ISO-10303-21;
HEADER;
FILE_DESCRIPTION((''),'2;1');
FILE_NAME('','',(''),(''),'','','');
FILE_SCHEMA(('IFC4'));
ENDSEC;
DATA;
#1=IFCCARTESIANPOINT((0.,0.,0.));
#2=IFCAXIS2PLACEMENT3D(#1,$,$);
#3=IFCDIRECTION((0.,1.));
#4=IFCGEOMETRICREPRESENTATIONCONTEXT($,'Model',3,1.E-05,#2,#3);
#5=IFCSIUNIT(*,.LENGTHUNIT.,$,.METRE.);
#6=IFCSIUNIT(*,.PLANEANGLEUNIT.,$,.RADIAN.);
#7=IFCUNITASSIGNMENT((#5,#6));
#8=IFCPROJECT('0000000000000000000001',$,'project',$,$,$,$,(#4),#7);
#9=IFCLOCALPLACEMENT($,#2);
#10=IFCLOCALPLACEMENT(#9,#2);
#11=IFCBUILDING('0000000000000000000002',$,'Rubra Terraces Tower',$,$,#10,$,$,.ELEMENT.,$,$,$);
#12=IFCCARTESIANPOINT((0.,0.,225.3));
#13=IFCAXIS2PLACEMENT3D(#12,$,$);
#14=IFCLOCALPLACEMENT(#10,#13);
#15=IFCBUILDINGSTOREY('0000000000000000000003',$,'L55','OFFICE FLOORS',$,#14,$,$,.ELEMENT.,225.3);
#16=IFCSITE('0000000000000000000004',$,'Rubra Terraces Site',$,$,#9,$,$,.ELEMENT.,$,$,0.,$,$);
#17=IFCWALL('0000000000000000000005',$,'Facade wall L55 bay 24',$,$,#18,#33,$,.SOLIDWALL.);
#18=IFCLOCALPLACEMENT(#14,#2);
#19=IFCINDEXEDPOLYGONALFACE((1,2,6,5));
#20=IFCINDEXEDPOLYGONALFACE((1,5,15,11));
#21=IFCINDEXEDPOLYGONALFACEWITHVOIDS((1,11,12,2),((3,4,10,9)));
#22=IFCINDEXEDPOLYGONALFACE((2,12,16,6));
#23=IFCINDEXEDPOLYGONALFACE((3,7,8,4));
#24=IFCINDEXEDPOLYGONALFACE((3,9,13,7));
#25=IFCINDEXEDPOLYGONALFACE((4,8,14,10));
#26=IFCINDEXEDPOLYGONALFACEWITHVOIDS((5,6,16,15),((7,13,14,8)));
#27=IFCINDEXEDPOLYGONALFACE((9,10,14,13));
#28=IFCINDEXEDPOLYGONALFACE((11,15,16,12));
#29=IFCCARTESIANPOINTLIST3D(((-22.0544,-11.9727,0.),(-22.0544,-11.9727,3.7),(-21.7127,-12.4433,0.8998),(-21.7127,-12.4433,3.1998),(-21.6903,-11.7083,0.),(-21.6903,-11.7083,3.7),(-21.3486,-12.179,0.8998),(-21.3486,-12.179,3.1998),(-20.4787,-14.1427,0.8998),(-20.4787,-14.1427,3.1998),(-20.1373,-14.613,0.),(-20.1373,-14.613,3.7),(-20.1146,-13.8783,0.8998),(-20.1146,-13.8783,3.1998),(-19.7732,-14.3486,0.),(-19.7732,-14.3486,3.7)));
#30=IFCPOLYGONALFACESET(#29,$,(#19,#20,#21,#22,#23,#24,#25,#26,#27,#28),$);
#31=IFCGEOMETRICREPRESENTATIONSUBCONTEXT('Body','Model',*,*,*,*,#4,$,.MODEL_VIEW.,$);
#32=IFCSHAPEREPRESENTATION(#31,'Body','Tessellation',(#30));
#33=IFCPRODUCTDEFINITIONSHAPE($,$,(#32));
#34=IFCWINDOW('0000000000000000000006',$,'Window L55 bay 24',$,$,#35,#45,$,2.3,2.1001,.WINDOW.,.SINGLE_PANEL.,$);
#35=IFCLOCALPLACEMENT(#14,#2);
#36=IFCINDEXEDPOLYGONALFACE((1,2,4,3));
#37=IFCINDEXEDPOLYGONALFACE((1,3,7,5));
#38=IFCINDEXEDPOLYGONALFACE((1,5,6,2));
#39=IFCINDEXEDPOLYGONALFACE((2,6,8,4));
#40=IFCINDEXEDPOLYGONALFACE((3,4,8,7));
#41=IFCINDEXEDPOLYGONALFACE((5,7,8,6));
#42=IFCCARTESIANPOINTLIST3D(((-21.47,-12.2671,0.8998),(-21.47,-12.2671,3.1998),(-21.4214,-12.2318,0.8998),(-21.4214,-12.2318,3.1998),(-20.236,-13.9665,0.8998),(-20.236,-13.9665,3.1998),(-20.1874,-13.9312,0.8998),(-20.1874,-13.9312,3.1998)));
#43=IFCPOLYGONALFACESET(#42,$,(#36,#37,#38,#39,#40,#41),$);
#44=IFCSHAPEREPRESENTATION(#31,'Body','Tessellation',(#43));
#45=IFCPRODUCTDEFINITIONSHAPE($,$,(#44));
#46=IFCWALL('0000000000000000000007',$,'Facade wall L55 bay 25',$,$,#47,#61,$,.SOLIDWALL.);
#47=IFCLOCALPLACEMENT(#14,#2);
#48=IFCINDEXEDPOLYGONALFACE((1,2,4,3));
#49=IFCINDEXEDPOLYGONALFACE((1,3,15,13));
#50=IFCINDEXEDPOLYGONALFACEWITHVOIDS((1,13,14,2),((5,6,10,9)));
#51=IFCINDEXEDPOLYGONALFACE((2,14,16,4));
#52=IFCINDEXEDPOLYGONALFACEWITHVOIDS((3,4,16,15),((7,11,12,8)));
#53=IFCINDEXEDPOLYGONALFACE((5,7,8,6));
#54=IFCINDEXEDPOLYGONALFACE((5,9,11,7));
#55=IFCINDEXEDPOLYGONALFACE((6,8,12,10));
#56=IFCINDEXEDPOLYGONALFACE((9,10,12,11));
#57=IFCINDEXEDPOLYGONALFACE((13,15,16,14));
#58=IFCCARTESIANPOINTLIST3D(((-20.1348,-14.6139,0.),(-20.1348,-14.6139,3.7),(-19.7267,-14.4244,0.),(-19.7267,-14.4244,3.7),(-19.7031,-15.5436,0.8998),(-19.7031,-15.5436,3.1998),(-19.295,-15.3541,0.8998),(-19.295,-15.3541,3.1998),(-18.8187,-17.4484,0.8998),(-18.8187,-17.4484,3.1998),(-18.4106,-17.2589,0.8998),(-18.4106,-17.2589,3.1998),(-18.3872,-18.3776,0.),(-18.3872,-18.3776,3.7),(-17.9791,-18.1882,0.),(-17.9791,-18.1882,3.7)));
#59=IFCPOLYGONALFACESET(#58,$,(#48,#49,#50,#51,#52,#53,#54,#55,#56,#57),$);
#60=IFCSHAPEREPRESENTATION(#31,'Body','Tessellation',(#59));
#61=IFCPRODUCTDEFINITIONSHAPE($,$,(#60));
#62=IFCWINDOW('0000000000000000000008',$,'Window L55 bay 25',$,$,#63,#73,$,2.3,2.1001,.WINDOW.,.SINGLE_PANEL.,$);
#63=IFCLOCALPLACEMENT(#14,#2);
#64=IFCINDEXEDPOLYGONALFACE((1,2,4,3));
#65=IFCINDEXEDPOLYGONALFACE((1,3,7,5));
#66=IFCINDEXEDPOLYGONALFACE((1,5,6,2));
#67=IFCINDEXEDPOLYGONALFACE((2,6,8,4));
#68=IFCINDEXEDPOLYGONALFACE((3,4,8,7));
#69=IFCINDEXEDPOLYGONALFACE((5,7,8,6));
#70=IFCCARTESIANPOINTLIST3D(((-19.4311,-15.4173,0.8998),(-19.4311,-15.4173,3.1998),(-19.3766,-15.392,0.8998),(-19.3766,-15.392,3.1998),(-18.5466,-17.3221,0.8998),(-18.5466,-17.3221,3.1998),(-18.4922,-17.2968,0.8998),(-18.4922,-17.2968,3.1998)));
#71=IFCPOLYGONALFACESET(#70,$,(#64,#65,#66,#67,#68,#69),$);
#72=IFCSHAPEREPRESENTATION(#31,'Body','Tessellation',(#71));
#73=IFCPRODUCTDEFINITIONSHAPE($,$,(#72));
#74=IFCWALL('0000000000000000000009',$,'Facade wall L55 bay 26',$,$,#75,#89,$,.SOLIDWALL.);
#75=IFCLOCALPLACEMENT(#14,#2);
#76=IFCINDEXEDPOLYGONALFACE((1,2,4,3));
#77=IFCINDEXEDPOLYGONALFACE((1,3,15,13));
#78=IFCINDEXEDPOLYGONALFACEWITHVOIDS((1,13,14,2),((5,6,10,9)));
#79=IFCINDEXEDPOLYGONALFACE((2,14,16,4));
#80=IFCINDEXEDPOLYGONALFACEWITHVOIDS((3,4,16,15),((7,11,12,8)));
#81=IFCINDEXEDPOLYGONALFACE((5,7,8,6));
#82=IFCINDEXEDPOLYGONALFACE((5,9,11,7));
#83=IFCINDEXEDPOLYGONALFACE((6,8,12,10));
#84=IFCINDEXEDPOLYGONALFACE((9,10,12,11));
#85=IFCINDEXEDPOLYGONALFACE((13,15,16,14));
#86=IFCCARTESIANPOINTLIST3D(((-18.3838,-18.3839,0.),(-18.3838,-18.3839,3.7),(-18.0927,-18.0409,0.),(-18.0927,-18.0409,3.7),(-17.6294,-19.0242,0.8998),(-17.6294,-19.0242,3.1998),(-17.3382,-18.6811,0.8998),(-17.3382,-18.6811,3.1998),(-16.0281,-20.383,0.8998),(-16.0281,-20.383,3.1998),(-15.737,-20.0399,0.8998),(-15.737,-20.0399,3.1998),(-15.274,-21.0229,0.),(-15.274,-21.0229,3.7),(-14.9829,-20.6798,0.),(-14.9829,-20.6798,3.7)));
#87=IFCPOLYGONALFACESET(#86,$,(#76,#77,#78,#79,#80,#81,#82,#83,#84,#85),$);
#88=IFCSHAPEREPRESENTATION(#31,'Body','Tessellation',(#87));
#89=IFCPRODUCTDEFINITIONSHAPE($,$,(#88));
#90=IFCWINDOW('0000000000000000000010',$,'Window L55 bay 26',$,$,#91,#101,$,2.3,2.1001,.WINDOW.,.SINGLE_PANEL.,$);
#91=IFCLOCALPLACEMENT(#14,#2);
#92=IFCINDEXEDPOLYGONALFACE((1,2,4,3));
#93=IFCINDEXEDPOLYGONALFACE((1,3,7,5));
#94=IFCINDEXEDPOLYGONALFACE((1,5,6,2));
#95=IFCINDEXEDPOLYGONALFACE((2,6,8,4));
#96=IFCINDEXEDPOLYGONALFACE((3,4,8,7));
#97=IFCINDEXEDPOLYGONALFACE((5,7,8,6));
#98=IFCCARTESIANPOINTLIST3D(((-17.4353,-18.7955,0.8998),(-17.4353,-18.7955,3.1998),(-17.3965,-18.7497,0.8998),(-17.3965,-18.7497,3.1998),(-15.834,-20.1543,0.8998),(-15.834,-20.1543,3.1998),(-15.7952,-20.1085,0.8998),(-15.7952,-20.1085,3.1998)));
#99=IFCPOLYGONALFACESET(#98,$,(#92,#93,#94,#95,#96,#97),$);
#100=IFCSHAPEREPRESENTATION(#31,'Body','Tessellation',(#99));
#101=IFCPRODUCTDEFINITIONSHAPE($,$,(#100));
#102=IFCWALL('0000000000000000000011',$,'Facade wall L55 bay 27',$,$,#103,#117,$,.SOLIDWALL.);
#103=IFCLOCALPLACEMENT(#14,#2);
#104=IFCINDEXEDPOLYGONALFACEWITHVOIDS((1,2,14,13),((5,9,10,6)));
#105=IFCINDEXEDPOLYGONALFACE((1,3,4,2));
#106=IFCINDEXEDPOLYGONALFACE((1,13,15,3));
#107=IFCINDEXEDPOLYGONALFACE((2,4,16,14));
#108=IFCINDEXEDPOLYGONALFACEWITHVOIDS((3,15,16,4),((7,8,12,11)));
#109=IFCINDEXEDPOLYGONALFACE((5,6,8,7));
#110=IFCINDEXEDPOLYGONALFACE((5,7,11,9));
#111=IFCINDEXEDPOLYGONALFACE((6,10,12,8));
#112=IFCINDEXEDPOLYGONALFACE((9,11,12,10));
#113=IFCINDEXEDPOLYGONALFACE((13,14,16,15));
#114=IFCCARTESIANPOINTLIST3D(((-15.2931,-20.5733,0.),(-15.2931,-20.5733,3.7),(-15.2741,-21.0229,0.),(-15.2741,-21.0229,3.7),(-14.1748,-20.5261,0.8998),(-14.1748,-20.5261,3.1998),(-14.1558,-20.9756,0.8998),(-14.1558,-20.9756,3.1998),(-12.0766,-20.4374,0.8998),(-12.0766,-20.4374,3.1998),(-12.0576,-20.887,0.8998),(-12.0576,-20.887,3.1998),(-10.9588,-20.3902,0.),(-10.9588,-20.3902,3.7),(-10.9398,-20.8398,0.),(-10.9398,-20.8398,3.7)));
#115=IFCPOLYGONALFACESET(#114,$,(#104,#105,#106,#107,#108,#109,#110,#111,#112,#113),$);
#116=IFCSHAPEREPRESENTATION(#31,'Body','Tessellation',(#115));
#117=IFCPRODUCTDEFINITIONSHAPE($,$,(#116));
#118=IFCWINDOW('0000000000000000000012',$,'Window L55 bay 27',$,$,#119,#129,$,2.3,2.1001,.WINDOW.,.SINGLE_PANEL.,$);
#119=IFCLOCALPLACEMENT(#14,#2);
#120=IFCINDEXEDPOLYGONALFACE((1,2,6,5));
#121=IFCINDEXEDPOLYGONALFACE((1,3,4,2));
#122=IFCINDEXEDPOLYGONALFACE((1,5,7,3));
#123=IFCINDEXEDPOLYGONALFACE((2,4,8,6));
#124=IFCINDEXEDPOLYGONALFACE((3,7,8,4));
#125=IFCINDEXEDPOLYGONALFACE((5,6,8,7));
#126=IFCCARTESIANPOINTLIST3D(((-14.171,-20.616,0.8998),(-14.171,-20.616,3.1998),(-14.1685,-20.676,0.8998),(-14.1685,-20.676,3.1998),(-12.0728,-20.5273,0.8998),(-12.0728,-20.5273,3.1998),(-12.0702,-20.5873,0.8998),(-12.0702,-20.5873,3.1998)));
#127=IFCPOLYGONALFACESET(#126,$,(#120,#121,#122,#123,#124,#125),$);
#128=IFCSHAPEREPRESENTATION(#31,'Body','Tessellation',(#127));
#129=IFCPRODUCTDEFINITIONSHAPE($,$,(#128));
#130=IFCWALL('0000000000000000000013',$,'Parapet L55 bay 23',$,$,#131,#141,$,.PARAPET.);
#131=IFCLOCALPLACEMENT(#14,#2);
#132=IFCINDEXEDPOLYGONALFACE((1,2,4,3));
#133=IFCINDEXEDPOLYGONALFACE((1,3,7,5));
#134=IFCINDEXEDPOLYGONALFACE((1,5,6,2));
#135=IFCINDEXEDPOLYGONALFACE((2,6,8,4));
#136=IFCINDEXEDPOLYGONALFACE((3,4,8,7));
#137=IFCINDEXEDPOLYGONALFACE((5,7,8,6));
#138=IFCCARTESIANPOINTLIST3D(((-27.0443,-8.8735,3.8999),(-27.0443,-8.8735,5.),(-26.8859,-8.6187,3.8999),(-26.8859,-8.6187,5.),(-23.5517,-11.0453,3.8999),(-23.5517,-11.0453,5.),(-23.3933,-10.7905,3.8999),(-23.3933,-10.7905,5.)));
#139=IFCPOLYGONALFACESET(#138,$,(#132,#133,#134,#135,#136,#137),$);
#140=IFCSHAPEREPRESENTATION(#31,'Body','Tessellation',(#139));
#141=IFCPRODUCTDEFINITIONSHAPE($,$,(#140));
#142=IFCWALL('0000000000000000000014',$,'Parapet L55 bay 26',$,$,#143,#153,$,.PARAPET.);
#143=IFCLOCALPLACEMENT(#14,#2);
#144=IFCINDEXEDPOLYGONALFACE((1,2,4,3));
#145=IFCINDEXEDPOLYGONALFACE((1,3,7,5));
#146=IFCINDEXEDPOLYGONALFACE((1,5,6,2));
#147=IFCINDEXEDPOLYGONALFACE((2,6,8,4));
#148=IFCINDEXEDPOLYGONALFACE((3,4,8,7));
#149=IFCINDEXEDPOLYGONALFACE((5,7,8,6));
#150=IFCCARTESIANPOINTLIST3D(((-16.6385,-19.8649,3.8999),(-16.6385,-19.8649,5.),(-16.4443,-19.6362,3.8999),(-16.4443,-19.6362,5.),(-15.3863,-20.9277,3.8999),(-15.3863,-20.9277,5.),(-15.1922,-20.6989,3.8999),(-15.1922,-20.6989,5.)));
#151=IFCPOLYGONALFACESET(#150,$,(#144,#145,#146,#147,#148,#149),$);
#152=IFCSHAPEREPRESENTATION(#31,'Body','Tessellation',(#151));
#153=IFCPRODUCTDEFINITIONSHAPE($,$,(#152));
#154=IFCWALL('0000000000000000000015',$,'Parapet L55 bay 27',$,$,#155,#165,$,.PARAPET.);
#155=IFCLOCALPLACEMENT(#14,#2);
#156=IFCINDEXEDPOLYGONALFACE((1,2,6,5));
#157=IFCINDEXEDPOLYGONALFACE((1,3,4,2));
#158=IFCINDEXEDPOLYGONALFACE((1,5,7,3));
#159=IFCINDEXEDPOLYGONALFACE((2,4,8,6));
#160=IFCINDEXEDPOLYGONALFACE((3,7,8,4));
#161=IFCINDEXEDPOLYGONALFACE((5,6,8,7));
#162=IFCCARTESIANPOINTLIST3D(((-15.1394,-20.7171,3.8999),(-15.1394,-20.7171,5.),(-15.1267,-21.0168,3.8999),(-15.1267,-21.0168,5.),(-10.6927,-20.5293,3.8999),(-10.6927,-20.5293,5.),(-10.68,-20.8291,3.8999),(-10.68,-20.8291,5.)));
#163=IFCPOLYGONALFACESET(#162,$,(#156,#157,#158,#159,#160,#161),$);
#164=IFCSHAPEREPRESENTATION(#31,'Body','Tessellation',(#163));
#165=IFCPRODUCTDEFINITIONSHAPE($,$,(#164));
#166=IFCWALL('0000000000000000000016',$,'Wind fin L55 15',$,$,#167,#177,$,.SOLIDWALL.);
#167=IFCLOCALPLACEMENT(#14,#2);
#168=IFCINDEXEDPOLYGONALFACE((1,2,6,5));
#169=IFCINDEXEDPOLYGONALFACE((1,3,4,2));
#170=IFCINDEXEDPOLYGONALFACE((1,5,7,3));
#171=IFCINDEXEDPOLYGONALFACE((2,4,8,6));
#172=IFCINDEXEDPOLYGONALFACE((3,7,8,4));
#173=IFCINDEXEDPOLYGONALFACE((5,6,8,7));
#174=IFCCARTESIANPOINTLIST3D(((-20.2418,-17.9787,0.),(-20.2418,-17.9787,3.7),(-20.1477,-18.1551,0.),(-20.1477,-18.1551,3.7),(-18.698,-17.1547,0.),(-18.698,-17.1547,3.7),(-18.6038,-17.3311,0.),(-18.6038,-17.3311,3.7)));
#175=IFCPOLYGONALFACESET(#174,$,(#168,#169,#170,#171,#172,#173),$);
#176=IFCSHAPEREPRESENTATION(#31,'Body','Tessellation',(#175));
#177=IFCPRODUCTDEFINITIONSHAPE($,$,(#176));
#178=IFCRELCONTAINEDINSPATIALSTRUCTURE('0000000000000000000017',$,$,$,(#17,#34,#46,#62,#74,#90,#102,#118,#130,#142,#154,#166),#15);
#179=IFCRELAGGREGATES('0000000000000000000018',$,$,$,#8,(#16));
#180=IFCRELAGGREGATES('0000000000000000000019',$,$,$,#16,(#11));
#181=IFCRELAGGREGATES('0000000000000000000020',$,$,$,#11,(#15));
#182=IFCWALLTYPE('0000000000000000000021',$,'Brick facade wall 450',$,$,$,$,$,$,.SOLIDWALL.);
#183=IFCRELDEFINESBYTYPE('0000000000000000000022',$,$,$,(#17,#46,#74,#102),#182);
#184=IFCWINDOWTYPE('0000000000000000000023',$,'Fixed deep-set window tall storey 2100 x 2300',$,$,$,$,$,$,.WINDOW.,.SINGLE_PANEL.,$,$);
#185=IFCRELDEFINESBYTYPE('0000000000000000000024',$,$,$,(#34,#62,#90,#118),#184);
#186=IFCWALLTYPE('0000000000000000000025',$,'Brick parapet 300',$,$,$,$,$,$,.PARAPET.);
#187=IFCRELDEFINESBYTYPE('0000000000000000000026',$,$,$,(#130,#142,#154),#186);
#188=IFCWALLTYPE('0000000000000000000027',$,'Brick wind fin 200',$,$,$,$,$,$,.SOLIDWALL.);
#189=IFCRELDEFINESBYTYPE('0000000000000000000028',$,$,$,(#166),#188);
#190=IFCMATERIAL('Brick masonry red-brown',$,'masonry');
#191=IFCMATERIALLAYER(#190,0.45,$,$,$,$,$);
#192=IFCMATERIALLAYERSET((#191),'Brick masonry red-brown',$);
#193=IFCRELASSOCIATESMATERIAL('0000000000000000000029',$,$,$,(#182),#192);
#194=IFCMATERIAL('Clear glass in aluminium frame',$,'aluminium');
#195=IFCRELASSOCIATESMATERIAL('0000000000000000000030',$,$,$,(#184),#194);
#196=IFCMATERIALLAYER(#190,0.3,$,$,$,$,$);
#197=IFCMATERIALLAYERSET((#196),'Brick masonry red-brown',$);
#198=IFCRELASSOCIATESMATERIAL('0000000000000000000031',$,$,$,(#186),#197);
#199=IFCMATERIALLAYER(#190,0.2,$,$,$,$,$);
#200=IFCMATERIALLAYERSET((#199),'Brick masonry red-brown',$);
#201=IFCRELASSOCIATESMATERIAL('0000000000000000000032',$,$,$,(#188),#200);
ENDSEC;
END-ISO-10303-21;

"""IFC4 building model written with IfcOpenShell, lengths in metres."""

from ifc_helpers import new_model, si_unit, direction, frame, frame_2d, origin, place, context, subcontext, project, spatial, rectangle, extrude, material, layer, layer_set, type_object, element, fill, save


model = new_model("IFC4")

# Units and contexts
model_context = context("Model", 3, precision=1e-05, world=origin(), true_north=direction((0.0, 1.0)))
body_context = subcontext(model_context, "Body", "Model", "MODEL_VIEW")
ifc_project = project(units=[si_unit("LENGTHUNIT", "METRE"), si_unit("PLANEANGLEUNIT", "RADIAN")], contexts=[model_context])

# Site, building, storey
site_placement = place(None, origin())
site = spatial("IfcSite", under=ifc_project, at=site_placement, Name="Rubra Terraces Site", CompositionType="ELEMENT", RefElevation=0.0)
building_placement = place(site_placement, origin())
building = spatial("IfcBuilding", under=site, at=building_placement, Name="Rubra Terraces Tower", CompositionType="ELEMENT")
storey_placement = place(building_placement, frame((0.0, 0.0, 225.3)))
storey = spatial("IfcBuildingStorey", under=building, at=storey_placement, Name="L55", Description="OFFICE FLOORS", CompositionType="ELEMENT", Elevation=225.3)

# Walls, openings, windows
ifc_material_1 = material(Name="Brick masonry red-brown", Category="masonry")
ifc_layer_1 = layer(ifc_material_1, 0.45)
ifc_layer_set_1 = layer_set([ifc_layer_1], Name="Brick masonry red-brown")
wall_type_1 = type_object("IfcWallType", Name="Brick facade wall 450", PredefinedType="SOLIDWALL", material=ifc_layer_set_1)
ifc_material_2 = material(Name="Clear glass in aluminium frame", Category="aluminium")
window_type = type_object("IfcWindowType", Name="Fixed deep-set window tall storey 2100 x 2300", PartitioningType="SINGLE_PANEL", PredefinedType="WINDOW", material=ifc_material_2)
wall_1_placement = place(storey_placement, frame((-21.8723, -11.8406, 0.0), z_axis=(0.0, 0.0, 1.0), x_axis=(0.587562, -0.809179, 0.0)))
wall_1 = element("IfcWall", 1, at=wall_1_placement, inside=storey, type_object=wall_type_1, Name="Facade wall L55 bay 24", PredefinedType="SOLIDWALL", context=body_context, shape_type="SweptSolid", body=[
    extrude(rectangle(XDim=3.2629, YDim=0.45, at=frame_2d((1.6313, 0.0))), origin(), (0.0, 0.0, 1.0), 3.7),
])
opening_1_placement = place(wall_1_placement, frame((0.5815, 0.0, 0.8999)))
opening_1 = element("IfcOpeningElement", 2, at=opening_1_placement, cuts=wall_1, PredefinedType="OPENING", context=body_context, shape_type="SweptSolid", body=[
    extrude(rectangle(XDim=2.1001, YDim=2.3, at=frame_2d((1.05, 1.1499))), frame((0.0, 0.2349, 0.0), z_axis=(0.0, -1.0, 0.0), x_axis=(1.0, 0.0, 0.0)), (0.0, 0.0, 1.0), 0.47),
])
window_1_placement = place(opening_1_placement, origin())
window_1 = element("IfcWindow", 3, at=window_1_placement, inside=storey, type_object=window_type, Name="Window L55 bay 24", OverallHeight=2.3, OverallWidth=2.1001, PartitioningType="SINGLE_PANEL", PredefinedType="WINDOW", context=body_context, shape_type="SweptSolid", body=[
    extrude(rectangle(XDim=2.1001, YDim=2.3, at=frame_2d((1.05, 1.1499))), frame((0.0, 0.135, 0.0), z_axis=(0.0, -1.0, 0.0), x_axis=(1.0, 0.0, 0.0)), (0.0, 0.0, 1.0), 0.0601),
])
fill(opening_1, window_1)
wall_2_placement = place(storey_placement, frame((-19.9307, -14.5193, 0.0), z_axis=(0.0, 0.0, 1.0), x_axis=(0.421139, -0.906996, 0.0)))
wall_2 = element("IfcWall", 4, at=wall_2_placement, inside=storey, type_object=wall_type_1, Name="Facade wall L55 bay 25", PredefinedType="SOLIDWALL", context=body_context, shape_type="SweptSolid", body=[
    extrude(rectangle(XDim=4.1497, YDim=0.45, at=frame_2d((2.0747, 0.0))), origin(), (0.0, 0.0, 1.0), 3.7),
])
opening_2_placement = place(wall_2_placement, frame((1.0249, 0.0, 0.8999)))
opening_2 = element("IfcOpeningElement", 5, at=opening_2_placement, cuts=wall_2, PredefinedType="OPENING", context=body_context, shape_type="SweptSolid", body=[
    extrude(rectangle(XDim=2.1001, YDim=2.3, at=frame_2d((1.05, 1.1499))), frame((0.0, 0.2349, 0.0), z_axis=(0.0, -1.0, 0.0), x_axis=(1.0, 0.0, 0.0)), (0.0, 0.0, 1.0), 0.47),
])
window_2_placement = place(opening_2_placement, origin())
window_2 = element("IfcWindow", 6, at=window_2_placement, inside=storey, type_object=window_type, Name="Window L55 bay 25", OverallHeight=2.3, OverallWidth=2.1001, PartitioningType="SINGLE_PANEL", PredefinedType="WINDOW", context=body_context, shape_type="SweptSolid", body=[
    extrude(rectangle(XDim=2.1001, YDim=2.3, at=frame_2d((1.05, 1.1499))), frame((0.0, 0.135, 0.0), z_axis=(0.0, -1.0, 0.0), x_axis=(1.0, 0.0, 0.0)), (0.0, 0.0, 1.0), 0.0601),
])
fill(opening_2, window_2)
wall_3_placement = place(storey_placement, frame((-18.2383, -18.2124, 0.0), z_axis=(0.0, 0.0, 1.0), x_axis=(0.76248, -0.647012, 0.0)))
wall_3 = element("IfcWall", 7, at=wall_3_placement, inside=storey, type_object=wall_type_1, Name="Facade wall L55 bay 26", PredefinedType="SOLIDWALL", context=body_context, shape_type="SweptSolid", body=[
    extrude(rectangle(XDim=4.0786, YDim=0.45, at=frame_2d((2.0393, 0.0))), origin(), (0.0, 0.0, 1.0), 3.7),
])
opening_3_placement = place(wall_3_placement, frame((0.9895, 0.0, 0.8999)))
opening_3 = element("IfcOpeningElement", 8, at=opening_3_placement, cuts=wall_3, PredefinedType="OPENING", context=body_context, shape_type="SweptSolid", body=[
    extrude(rectangle(XDim=2.1001, YDim=2.3, at=frame_2d((1.05, 1.1499))), frame((0.0, 0.2349, 0.0), z_axis=(0.0, -1.0, 0.0), x_axis=(1.0, 0.0, 0.0)), (0.0, 0.0, 1.0), 0.47),
])
window_3_placement = place(opening_3_placement, origin())
window_3 = element("IfcWindow", 9, at=window_3_placement, inside=storey, type_object=window_type, Name="Window L55 bay 26", OverallHeight=2.3, OverallWidth=2.1001, PartitioningType="SINGLE_PANEL", PredefinedType="WINDOW", context=body_context, shape_type="SweptSolid", body=[
    extrude(rectangle(XDim=2.1001, YDim=2.3, at=frame_2d((1.05, 1.1499))), frame((0.0, 0.135, 0.0), z_axis=(0.0, -1.0, 0.0), x_axis=(1.0, 0.0, 0.0)), (0.0, 0.0, 1.0), 0.0601),
])
fill(opening_3, window_3)
wall_4_placement = place(storey_placement, frame((-15.2834, -20.7981, 0.0), z_axis=(0.0, 0.0, 1.0), x_axis=(0.999109, 0.042209, 0.0)))
wall_4 = element("IfcWall", 10, at=wall_4_placement, inside=storey, type_object=wall_type_1, Name="Facade wall L55 bay 27", PredefinedType="SOLIDWALL", context=body_context, shape_type="SweptSolid", body=[
    extrude(rectangle(XDim=4.3381, YDim=0.45, at=frame_2d((2.1689, 0.0))), origin(), (0.0, 0.0, 1.0), 3.7),
])
opening_4_placement = place(wall_4_placement, frame((1.1191, 0.0, 0.8999)))
opening_4 = element("IfcOpeningElement", 11, at=opening_4_placement, cuts=wall_4, PredefinedType="OPENING", context=body_context, shape_type="SweptSolid", body=[
    extrude(rectangle(XDim=2.1001, YDim=2.3, at=frame_2d((1.05, 1.1499))), frame((0.0, 0.2349, 0.0), z_axis=(0.0, -1.0, 0.0), x_axis=(1.0, 0.0, 0.0)), (0.0, 0.0, 1.0), 0.47),
])
window_4_placement = place(opening_4_placement, origin())
window_4 = element("IfcWindow", 12, at=window_4_placement, inside=storey, type_object=window_type, Name="Window L55 bay 27", OverallHeight=2.3, OverallWidth=2.1001, PartitioningType="SINGLE_PANEL", PredefinedType="WINDOW", context=body_context, shape_type="SweptSolid", body=[
    extrude(rectangle(XDim=2.1001, YDim=2.3, at=frame_2d((1.05, 1.1499))), frame((0.0, 0.135, 0.0), z_axis=(0.0, -1.0, 0.0), x_axis=(1.0, 0.0, 0.0)), (0.0, 0.0, 1.0), 0.0601),
])
fill(opening_4, window_4)

# Walls
ifc_layer_2 = layer(ifc_material_1, 0.3)
ifc_layer_set_2 = layer_set([ifc_layer_2], Name="Brick masonry red-brown")
wall_type_2 = type_object("IfcWallType", Name="Brick parapet 300", PredefinedType="PARAPET", material=ifc_layer_set_2)
wall_5_placement = place(storey_placement, frame((-26.9651, -8.7461, 3.8999), z_axis=(0.0, 0.0, 1.0), x_axis=(0.849203, -0.528066, 0.0)))
element("IfcWall", 13, at=wall_5_placement, inside=storey, type_object=wall_type_2, Name="Parapet L55 bay 23", PredefinedType="PARAPET", context=body_context, shape_type="SweptSolid", body=[
    extrude(rectangle(XDim=4.1128, YDim=0.3, at=frame_2d((2.0564, 0.0))), origin(), (0.0, 0.0, 1.0), 1.1001),
])
wall_6_placement = place(storey_placement, frame((-16.5415, -19.7505, 3.8999), z_axis=(0.0, 0.0, 1.0), x_axis=(0.762427, -0.647074, 0.0)))
element("IfcWall", 14, at=wall_6_placement, inside=storey, type_object=wall_type_2, Name="Parapet L55 bay 26", PredefinedType="PARAPET", context=body_context, shape_type="SweptSolid", body=[
    extrude(rectangle(XDim=1.6423, YDim=0.3, at=frame_2d((0.8213, 0.0))), origin(), (0.0, 0.0, 1.0), 1.1001),
])
wall_7_placement = place(storey_placement, frame((-15.1331, -20.8669, 3.8999), z_axis=(0.0, 0.0, 1.0), x_axis=(0.99911, 0.042183, 0.0)))
element("IfcWall", 15, at=wall_7_placement, inside=storey, type_object=wall_type_2, Name="Parapet L55 bay 27", PredefinedType="PARAPET", context=body_context, shape_type="SweptSolid", body=[
    extrude(rectangle(XDim=4.4507, YDim=0.3, at=frame_2d((2.2253, 0.0))), origin(), (0.0, 0.0, 1.0), 1.1001),
])
ifc_layer_3 = layer(ifc_material_1, 0.2)
ifc_layer_set_3 = layer_set([ifc_layer_3], Name="Brick masonry red-brown")
wall_type_3 = type_object("IfcWallType", Name="Brick wind fin 200", PredefinedType="SOLIDWALL", material=ifc_layer_set_3)
wall_8_placement = place(storey_placement, frame((-18.6509, -17.2429, 0.0), z_axis=(0.0, 0.0, 1.0), x_axis=(-0.882225, -0.470827, 0.0)))
element("IfcWall", 16, at=wall_8_placement, inside=storey, type_object=wall_type_3, Name="Wind fin L55 15", PredefinedType="SOLIDWALL", context=body_context, shape_type="SweptSolid", body=[
    extrude(rectangle(XDim=1.75, YDim=0.2, at=frame_2d((0.875, 0.0))), origin(), (0.0, 0.0, 1.0), 3.7),
])

save(model, "model.ifc")
